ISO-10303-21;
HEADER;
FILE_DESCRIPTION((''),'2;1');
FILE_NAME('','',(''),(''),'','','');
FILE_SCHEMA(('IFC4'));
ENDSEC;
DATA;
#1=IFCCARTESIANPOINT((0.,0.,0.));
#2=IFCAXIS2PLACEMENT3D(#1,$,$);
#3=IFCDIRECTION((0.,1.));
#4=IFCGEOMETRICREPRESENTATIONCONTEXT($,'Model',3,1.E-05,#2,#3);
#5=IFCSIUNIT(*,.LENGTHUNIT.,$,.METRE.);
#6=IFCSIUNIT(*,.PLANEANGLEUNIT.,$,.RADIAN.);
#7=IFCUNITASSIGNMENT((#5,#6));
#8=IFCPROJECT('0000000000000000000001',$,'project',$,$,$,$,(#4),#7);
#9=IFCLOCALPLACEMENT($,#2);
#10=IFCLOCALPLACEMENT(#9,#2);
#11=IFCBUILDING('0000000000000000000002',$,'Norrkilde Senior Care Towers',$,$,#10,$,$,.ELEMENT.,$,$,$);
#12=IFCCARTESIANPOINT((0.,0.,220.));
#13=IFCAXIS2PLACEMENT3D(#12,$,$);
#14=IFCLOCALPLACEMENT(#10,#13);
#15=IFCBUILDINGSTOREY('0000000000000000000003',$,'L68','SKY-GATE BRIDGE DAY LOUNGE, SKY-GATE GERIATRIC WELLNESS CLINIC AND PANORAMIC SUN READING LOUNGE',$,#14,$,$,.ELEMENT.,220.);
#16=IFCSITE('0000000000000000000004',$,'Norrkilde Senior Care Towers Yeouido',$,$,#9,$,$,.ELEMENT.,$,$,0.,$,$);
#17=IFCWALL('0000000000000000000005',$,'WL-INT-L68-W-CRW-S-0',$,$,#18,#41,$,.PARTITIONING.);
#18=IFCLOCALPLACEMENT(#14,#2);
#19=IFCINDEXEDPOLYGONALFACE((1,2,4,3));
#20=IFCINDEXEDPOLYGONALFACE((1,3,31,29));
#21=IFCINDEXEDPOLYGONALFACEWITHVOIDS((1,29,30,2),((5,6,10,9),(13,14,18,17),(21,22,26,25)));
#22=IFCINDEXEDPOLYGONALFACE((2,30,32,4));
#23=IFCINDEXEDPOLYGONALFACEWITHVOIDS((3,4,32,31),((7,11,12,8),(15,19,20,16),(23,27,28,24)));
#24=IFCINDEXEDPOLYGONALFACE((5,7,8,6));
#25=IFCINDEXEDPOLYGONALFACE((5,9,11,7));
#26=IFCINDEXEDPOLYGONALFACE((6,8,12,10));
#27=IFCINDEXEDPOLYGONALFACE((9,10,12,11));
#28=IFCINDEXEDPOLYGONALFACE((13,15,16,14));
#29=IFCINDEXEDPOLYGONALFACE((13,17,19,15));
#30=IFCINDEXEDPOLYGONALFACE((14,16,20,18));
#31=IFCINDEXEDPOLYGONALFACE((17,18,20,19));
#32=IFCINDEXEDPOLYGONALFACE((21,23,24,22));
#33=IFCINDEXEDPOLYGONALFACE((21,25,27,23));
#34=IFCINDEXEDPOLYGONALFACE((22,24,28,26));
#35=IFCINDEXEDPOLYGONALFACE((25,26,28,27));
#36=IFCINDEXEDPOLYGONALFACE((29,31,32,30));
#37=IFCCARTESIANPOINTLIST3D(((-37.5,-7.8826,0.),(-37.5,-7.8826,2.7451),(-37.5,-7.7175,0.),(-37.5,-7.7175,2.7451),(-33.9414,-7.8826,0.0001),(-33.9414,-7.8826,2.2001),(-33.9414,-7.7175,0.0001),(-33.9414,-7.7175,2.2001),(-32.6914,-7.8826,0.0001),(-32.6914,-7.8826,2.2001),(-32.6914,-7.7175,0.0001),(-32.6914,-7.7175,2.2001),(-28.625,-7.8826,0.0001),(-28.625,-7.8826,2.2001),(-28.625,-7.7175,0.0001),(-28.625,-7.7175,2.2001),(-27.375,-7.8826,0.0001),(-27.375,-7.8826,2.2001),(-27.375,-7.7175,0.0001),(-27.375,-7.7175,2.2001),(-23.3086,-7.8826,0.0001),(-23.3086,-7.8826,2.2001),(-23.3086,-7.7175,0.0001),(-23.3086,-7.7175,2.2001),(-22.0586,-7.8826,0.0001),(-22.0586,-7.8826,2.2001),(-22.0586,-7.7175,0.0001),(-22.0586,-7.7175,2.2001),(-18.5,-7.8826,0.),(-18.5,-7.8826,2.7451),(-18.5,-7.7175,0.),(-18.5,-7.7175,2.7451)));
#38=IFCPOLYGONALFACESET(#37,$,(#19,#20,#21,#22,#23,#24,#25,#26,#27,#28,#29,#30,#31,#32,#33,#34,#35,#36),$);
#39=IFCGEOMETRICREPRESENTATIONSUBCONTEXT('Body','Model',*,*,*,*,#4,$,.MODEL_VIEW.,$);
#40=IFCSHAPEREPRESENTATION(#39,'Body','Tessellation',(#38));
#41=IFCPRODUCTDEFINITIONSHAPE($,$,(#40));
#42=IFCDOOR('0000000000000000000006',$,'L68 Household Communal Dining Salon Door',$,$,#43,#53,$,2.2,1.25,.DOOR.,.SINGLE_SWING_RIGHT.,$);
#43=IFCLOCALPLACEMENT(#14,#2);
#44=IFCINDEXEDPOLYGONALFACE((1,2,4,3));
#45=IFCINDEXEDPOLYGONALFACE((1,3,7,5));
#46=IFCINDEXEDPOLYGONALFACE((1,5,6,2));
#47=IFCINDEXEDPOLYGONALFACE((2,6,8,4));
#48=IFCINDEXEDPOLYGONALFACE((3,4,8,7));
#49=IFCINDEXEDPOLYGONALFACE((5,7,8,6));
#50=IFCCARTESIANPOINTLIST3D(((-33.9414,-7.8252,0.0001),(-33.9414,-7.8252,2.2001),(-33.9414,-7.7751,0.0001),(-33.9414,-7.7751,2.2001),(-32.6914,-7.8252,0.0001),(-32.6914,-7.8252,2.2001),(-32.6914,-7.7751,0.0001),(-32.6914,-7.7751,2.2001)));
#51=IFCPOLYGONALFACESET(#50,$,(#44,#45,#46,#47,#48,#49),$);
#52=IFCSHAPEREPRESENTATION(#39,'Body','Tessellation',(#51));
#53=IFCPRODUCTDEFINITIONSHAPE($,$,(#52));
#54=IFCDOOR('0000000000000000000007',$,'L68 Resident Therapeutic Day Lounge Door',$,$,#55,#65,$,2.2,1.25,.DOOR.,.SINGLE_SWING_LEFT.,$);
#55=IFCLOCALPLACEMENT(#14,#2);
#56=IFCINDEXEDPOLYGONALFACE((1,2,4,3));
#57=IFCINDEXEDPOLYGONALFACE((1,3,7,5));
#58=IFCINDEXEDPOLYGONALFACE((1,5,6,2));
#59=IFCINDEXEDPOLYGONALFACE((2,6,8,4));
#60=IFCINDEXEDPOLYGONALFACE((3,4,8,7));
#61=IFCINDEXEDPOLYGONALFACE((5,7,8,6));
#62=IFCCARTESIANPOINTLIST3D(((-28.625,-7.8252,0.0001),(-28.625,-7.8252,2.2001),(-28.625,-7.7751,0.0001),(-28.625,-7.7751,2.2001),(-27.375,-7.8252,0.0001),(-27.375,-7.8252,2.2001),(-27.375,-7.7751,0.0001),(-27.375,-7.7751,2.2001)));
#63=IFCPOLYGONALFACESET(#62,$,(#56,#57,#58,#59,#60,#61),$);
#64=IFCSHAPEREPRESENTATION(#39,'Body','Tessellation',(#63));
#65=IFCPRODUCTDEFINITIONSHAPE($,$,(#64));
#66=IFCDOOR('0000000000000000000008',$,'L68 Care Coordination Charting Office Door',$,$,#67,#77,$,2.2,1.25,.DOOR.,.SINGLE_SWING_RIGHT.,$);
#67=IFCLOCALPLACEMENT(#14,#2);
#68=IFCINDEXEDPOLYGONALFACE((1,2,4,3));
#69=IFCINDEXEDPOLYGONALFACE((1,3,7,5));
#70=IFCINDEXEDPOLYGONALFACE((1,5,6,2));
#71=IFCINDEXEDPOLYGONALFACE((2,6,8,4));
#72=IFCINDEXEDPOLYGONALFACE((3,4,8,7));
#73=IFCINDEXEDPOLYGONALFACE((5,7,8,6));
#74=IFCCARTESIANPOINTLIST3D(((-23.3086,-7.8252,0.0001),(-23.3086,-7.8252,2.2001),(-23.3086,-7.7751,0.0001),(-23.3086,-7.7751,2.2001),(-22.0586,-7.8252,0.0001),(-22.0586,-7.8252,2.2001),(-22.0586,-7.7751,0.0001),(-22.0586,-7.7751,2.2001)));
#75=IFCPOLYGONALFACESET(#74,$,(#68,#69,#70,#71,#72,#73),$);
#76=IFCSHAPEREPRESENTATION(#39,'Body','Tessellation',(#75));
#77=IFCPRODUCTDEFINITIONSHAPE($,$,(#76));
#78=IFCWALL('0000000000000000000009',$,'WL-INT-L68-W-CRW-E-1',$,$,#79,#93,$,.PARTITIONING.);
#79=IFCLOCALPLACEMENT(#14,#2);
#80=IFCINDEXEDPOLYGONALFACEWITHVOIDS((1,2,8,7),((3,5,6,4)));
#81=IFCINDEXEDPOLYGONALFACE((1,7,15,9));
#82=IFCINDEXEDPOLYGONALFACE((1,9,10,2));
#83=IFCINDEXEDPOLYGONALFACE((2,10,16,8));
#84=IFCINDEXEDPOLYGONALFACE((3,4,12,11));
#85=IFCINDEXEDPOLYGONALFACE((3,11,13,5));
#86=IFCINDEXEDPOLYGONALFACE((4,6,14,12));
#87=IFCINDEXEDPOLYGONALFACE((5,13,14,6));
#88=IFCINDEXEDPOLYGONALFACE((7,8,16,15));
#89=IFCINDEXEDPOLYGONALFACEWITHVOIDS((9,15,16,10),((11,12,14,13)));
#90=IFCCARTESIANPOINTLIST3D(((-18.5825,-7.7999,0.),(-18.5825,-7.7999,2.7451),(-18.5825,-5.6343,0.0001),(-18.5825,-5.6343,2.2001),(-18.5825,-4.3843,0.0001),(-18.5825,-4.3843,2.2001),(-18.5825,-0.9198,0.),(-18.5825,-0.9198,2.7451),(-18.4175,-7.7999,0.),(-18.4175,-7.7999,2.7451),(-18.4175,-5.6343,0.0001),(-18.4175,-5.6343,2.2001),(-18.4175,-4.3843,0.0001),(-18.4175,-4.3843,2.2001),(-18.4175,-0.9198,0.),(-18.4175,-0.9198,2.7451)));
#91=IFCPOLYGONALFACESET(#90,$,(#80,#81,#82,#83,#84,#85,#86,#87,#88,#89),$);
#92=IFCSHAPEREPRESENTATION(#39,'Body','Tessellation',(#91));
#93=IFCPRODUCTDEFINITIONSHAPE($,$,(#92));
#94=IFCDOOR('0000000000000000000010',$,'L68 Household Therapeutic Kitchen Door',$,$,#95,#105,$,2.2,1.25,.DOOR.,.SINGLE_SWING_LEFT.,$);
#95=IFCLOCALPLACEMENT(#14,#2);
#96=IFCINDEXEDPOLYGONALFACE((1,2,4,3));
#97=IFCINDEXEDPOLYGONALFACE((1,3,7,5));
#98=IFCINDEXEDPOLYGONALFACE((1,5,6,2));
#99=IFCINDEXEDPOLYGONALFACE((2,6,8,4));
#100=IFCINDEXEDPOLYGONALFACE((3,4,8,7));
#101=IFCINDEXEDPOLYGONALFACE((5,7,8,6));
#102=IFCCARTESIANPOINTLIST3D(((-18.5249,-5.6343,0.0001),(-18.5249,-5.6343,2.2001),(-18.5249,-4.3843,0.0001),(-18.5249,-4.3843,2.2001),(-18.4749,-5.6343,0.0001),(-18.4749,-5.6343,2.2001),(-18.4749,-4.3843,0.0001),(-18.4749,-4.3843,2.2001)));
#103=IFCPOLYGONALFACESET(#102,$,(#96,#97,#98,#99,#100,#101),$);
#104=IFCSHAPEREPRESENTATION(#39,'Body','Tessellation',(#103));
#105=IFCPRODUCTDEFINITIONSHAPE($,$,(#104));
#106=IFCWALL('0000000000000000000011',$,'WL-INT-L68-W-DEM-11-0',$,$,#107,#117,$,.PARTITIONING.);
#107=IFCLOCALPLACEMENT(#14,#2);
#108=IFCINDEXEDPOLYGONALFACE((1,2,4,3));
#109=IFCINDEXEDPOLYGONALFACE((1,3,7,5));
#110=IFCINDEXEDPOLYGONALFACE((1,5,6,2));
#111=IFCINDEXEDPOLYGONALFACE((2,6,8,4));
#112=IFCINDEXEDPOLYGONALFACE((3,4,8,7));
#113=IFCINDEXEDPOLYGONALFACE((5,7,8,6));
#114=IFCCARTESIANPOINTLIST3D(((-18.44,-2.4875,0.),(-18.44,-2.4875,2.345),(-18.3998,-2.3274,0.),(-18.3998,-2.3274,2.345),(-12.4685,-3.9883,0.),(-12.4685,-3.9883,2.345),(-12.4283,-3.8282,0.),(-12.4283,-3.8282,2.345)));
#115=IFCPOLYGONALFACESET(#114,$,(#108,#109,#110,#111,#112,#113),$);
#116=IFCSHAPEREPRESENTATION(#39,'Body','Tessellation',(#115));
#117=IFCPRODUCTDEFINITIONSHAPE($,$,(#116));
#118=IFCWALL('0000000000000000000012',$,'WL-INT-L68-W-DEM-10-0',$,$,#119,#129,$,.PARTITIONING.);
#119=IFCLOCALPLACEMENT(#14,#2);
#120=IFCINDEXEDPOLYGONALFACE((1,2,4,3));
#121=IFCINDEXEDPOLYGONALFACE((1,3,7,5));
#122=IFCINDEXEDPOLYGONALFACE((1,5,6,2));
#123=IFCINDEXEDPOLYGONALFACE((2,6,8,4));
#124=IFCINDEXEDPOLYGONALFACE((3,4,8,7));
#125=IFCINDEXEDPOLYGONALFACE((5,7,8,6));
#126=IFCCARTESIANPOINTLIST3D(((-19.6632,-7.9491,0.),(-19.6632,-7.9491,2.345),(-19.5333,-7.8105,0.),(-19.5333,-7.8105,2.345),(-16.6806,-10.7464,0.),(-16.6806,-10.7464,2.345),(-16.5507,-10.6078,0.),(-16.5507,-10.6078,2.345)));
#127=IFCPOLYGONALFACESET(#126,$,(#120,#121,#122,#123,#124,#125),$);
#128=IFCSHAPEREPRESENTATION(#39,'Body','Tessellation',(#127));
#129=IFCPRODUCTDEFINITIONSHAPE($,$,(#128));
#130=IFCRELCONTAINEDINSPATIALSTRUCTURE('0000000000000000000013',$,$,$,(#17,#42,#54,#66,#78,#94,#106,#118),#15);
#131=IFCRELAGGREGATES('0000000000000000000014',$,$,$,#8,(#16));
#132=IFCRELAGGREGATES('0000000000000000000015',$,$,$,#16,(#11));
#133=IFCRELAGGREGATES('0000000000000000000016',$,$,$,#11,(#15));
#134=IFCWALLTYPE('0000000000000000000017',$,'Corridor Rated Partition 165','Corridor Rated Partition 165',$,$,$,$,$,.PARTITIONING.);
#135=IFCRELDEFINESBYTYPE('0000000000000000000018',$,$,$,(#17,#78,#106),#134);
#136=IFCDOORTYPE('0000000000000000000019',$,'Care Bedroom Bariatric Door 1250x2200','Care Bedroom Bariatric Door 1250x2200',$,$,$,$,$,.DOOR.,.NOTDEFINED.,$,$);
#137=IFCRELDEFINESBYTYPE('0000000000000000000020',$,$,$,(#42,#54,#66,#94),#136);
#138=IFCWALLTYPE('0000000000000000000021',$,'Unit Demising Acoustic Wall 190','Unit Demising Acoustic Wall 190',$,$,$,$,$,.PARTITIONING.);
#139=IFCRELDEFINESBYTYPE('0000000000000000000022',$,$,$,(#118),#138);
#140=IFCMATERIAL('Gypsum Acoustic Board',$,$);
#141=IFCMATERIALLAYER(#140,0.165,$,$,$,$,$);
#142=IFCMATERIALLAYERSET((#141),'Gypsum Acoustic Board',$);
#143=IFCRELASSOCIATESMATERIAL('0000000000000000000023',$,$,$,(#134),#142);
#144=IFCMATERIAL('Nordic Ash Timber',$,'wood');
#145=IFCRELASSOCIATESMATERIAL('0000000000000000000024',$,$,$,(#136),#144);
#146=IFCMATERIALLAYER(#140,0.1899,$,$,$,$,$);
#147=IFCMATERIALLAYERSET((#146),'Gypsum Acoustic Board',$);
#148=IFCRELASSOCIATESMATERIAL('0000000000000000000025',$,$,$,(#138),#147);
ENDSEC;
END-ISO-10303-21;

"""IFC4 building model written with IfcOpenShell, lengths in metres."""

from ifc_helpers import new_model, si_unit, direction, frame, frame_2d, origin, place, context, subcontext, project, spatial, rectangle, extrude, source, transform, mapped, material, layer, layer_set, type_object, type_shapes, element, fill, save


model = new_model("IFC4")

# Units and contexts
model_context = context("Model", 3, precision=1e-05, world=origin(), true_north=direction((0.0, 1.0)))
body_context = subcontext(model_context, "Body", "Model", "MODEL_VIEW")
ifc_project = project(units=[si_unit("LENGTHUNIT", "METRE"), si_unit("PLANEANGLEUNIT", "RADIAN")], contexts=[model_context])

# Site, building, storey
site_placement = place(None, origin())
site = spatial("IfcSite", under=ifc_project, at=site_placement, Name="Norrkilde Senior Care Towers Yeouido", CompositionType="ELEMENT", RefElevation=0.0)
building_placement = place(site_placement, origin())
building = spatial("IfcBuilding", under=site, at=building_placement, Name="Norrkilde Senior Care Towers", CompositionType="ELEMENT")
storey_placement = place(building_placement, frame((0.0, 0.0, 220.0)))
storey = spatial("IfcBuildingStorey", under=building, at=storey_placement, Name="L68", Description="SKY-GATE BRIDGE DAY LOUNGE, SKY-GATE GERIATRIC WELLNESS CLINIC AND PANORAMIC SUN READING LOUNGE", CompositionType="ELEMENT", Elevation=220.0)

# Wall, openings, doors
ifc_material_1 = material(Name="Gypsum Acoustic Board")
ifc_layer_1 = layer(ifc_material_1, 0.165)
ifc_layer_set_1 = layer_set([ifc_layer_1], Name="Gypsum Acoustic Board")
wall_type_1 = type_object("IfcWallType", Name="Corridor Rated Partition 165", Description="Corridor Rated Partition 165", PredefinedType="PARTITIONING", material=ifc_layer_set_1)
shared_shape_1 = source(origin(), body_context, "Body", "SweptSolid", [
    extrude(rectangle(XDim=19.0, YDim=0.165, at=frame_2d((9.5, 0.0))), origin(), (0.0, 0.0, 1.0), 2.7451),
])
wall_1_placement = place(storey_placement, frame((-18.5, -7.8, 0.0), z_axis=(0.0, 0.0, 1.0), x_axis=(-1.0, 0.0, 0.0)))
wall_1 = element("IfcWall", 1, at=wall_1_placement, inside=storey, type_object=wall_type_1, Name="WL-INT-L68-W-CRW-S-0", PredefinedType="PARTITIONING", context=body_context, shape_type="MappedRepresentation", body=[
    mapped(shared_shape_1, transform((0.0, 0.0, 0.0), x_axis=(1.0, 0.0, 0.0), y_axis=(0.0, 1.0, 0.0), z_axis=(0.0, 0.0, 1.0), scale=1.0)),
])
opening_1_placement = place(wall_1_placement, frame((14.1914, 0.0, 0.0)))
opening_1 = element("IfcOpeningElement", 2, at=opening_1_placement, cuts=wall_1, PredefinedType="OPENING", context=body_context, shape_type="SweptSolid", body=[
    extrude(rectangle(XDim=1.25, YDim=2.2, at=frame_2d((0.625, 1.1001))), frame((0.0, 0.0925, 0.0), z_axis=(0.0, -1.0, 0.0), x_axis=(1.0, 0.0, 0.0)), (0.0, 0.0, 1.0), 0.1851),
])
opening_2_placement = place(wall_1_placement, frame((8.875, 0.0, 0.0)))
opening_2 = element("IfcOpeningElement", 3, at=opening_2_placement, cuts=wall_1, PredefinedType="OPENING", context=body_context, shape_type="SweptSolid", body=[
    extrude(rectangle(XDim=1.25, YDim=2.2, at=frame_2d((0.625, 1.1001))), frame((0.0, 0.0925, 0.0), z_axis=(0.0, -1.0, 0.0), x_axis=(1.0, 0.0, 0.0)), (0.0, 0.0, 1.0), 0.1851),
])
opening_3_placement = place(wall_1_placement, frame((3.5586, 0.0, 0.0)))
opening_3 = element("IfcOpeningElement", 4, at=opening_3_placement, cuts=wall_1, PredefinedType="OPENING", context=body_context, shape_type="SweptSolid", body=[
    extrude(rectangle(XDim=1.25, YDim=2.2, at=frame_2d((0.625, 1.1001))), frame((0.0, 0.0925, 0.0), z_axis=(0.0, -1.0, 0.0), x_axis=(1.0, 0.0, 0.0)), (0.0, 0.0, 1.0), 0.1851),
])
ifc_material_2 = material(Name="Nordic Ash Timber", Category="wood")
door_type_1 = type_object("IfcDoorType", Name="Care Bedroom Bariatric Door 1250x2200", Description="Care Bedroom Bariatric Door 1250x2200", OperationType="NOTDEFINED", PredefinedType="DOOR", material=ifc_material_2)
shared_shape_2 = source(origin(), body_context, "Body", "SweptSolid", [
    extrude(rectangle(XDim=1.25, YDim=2.2, at=frame_2d((0.625, 1.1001))), frame((0.0, 0.0249, 0.0), z_axis=(0.0, -1.0, 0.0), x_axis=(1.0, 0.0, 0.0)), (0.0, 0.0, 1.0), 0.05),
])
type_shapes(door_type_1, [shared_shape_2])
door_1_placement = place(opening_1_placement, frame((1.25, 0.0, 0.0), z_axis=(0.0, 0.0, 1.0), x_axis=(-1.0, 0.0, 0.0)))
door_1 = element("IfcDoor", 5, at=door_1_placement, inside=storey, type_object=door_type_1, Name="L68 Household Communal Dining Salon Door", OperationType="SINGLE_SWING_RIGHT", OverallHeight=2.2, OverallWidth=1.25, PredefinedType="DOOR", context=body_context, shape_type="MappedRepresentation", body=[
    mapped(shared_shape_2, transform((0.0, 0.0, 0.0), x_axis=(1.0, 0.0, 0.0), y_axis=(0.0, 1.0, 0.0), z_axis=(0.0, 0.0, 1.0), scale=1.0)),
])
fill(opening_1, door_1)
door_2_placement = place(opening_2_placement, frame((1.25, 0.0, 0.0), z_axis=(0.0, 0.0, 1.0), x_axis=(-1.0, 0.0, 0.0)))
door_2 = element("IfcDoor", 6, at=door_2_placement, inside=storey, type_object=door_type_1, Name="L68 Resident Therapeutic Day Lounge Door", OperationType="SINGLE_SWING_LEFT", OverallHeight=2.2, OverallWidth=1.25, PredefinedType="DOOR", context=body_context, shape_type="MappedRepresentation", body=[
    mapped(shared_shape_2, transform((0.0, 0.0, 0.0), x_axis=(1.0, 0.0, 0.0), y_axis=(0.0, 1.0, 0.0), z_axis=(0.0, 0.0, 1.0), scale=1.0)),
])
fill(opening_2, door_2)
door_3_placement = place(opening_3_placement, frame((1.25, 0.0, 0.0), z_axis=(0.0, 0.0, 1.0), x_axis=(-1.0, 0.0, 0.0)))
door_3 = element("IfcDoor", 7, at=door_3_placement, inside=storey, type_object=door_type_1, Name="L68 Care Coordination Charting Office Door", OperationType="SINGLE_SWING_RIGHT", OverallHeight=2.2, OverallWidth=1.25, PredefinedType="DOOR", context=body_context, shape_type="MappedRepresentation", body=[
    mapped(shared_shape_2, transform((0.0, 0.0, 0.0), x_axis=(1.0, 0.0, 0.0), y_axis=(0.0, 1.0, 0.0), z_axis=(0.0, 0.0, 1.0), scale=1.0)),
])
fill(opening_3, door_3)

# Wall, opening, door
shared_shape_3 = source(origin(), body_context, "Body", "SweptSolid", [
    extrude(rectangle(XDim=6.8801, YDim=0.165, at=frame_2d((3.4399, 0.0))), origin(), (0.0, 0.0, 1.0), 2.7451),
])
wall_2_placement = place(storey_placement, frame((-18.5, -0.9199, 0.0), z_axis=(0.0, 0.0, 1.0), x_axis=(0.0, -1.0, 0.0)))
wall_2 = element("IfcWall", 8, at=wall_2_placement, inside=storey, type_object=wall_type_1, Name="WL-INT-L68-W-CRW-E-1", PredefinedType="PARTITIONING", context=body_context, shape_type="MappedRepresentation", body=[
    mapped(shared_shape_3, transform((0.0, 0.0, 0.0), x_axis=(1.0, 0.0, 0.0), y_axis=(0.0, 1.0, 0.0), z_axis=(0.0, 0.0, 1.0), scale=1.0)),
])
opening_4_placement = place(wall_2_placement, frame((3.4644, 0.0, 0.0)))
opening_4 = element("IfcOpeningElement", 9, at=opening_4_placement, cuts=wall_2, PredefinedType="OPENING", context=body_context, shape_type="SweptSolid", body=[
    extrude(rectangle(XDim=1.25, YDim=2.2, at=frame_2d((0.625, 1.1001))), frame((0.0, 0.0925, 0.0), z_axis=(0.0, -1.0, 0.0), x_axis=(1.0, 0.0, 0.0)), (0.0, 0.0, 1.0), 0.1851),
])
door_4_placement = place(opening_4_placement, frame((1.25, 0.0, 0.0), z_axis=(0.0, 0.0, 1.0), x_axis=(-1.0, 0.0, 0.0)))
door_4 = element("IfcDoor", 10, at=door_4_placement, inside=storey, type_object=door_type_1, Name="L68 Household Therapeutic Kitchen Door", OperationType="SINGLE_SWING_LEFT", OverallHeight=2.2, OverallWidth=1.25, PredefinedType="DOOR", context=body_context, shape_type="MappedRepresentation", body=[
    mapped(shared_shape_2, transform((0.0, 0.0, 0.0), x_axis=(1.0, 0.0, 0.0), y_axis=(0.0, 1.0, 0.0), z_axis=(0.0, 0.0, 1.0), scale=1.0)),
])
fill(opening_4, door_4)

# Walls
shared_shape_4 = source(origin(), body_context, "Body", "SweptSolid", [
    extrude(rectangle(XDim=6.1572, YDim=0.165, at=frame_2d((3.0786, 0.0))), origin(), (0.0, 0.0, 1.0), 2.345),
])
wall_3_placement = place(storey_placement, frame((-18.4199, -2.4075, 0.0), z_axis=(0.0, 0.0, 1.0), x_axis=(0.969841, -0.243739, 0.0)))
element("IfcWall", 11, at=wall_3_placement, inside=storey, type_object=wall_type_1, Name="WL-INT-L68-W-DEM-11-0", PredefinedType="PARTITIONING", context=body_context, shape_type="MappedRepresentation", body=[
    mapped(shared_shape_4, transform((0.0, 0.0, 0.0), x_axis=(1.0, 0.0, 0.0), y_axis=(0.0, 1.0, 0.0), z_axis=(0.0, 0.0, 1.0), scale=1.0)),
])
ifc_layer_2 = layer(ifc_material_1, 0.1899)
ifc_layer_set_2 = layer_set([ifc_layer_2], Name="Gypsum Acoustic Board")
wall_type_2 = type_object("IfcWallType", Name="Unit Demising Acoustic Wall 190", Description="Unit Demising Acoustic Wall 190", PredefinedType="PARTITIONING", material=ifc_layer_set_2)
shared_shape_5 = source(origin(), body_context, "Body", "SweptSolid", [
    extrude(rectangle(XDim=4.0891, YDim=0.1899, at=frame_2d((2.0444, 0.0))), origin(), (0.0, 0.0, 1.0), 2.345),
])
type_shapes(wall_type_2, [shared_shape_5])
wall_4_placement = place(storey_placement, frame((-19.5981, -7.8799, 0.0), z_axis=(0.0, 0.0, 1.0), x_axis=(0.729401, -0.684086, 0.0)))
element("IfcWall", 12, at=wall_4_placement, inside=storey, type_object=wall_type_2, Name="WL-INT-L68-W-DEM-10-0", PredefinedType="PARTITIONING", context=body_context, shape_type="MappedRepresentation", body=[
    mapped(shared_shape_5, transform((0.0, 0.0, 0.0), x_axis=(1.0, 0.0, 0.0), y_axis=(0.0, 1.0, 0.0), z_axis=(0.0, 0.0, 1.0), scale=1.0)),
])

save(model, "model.ifc")
